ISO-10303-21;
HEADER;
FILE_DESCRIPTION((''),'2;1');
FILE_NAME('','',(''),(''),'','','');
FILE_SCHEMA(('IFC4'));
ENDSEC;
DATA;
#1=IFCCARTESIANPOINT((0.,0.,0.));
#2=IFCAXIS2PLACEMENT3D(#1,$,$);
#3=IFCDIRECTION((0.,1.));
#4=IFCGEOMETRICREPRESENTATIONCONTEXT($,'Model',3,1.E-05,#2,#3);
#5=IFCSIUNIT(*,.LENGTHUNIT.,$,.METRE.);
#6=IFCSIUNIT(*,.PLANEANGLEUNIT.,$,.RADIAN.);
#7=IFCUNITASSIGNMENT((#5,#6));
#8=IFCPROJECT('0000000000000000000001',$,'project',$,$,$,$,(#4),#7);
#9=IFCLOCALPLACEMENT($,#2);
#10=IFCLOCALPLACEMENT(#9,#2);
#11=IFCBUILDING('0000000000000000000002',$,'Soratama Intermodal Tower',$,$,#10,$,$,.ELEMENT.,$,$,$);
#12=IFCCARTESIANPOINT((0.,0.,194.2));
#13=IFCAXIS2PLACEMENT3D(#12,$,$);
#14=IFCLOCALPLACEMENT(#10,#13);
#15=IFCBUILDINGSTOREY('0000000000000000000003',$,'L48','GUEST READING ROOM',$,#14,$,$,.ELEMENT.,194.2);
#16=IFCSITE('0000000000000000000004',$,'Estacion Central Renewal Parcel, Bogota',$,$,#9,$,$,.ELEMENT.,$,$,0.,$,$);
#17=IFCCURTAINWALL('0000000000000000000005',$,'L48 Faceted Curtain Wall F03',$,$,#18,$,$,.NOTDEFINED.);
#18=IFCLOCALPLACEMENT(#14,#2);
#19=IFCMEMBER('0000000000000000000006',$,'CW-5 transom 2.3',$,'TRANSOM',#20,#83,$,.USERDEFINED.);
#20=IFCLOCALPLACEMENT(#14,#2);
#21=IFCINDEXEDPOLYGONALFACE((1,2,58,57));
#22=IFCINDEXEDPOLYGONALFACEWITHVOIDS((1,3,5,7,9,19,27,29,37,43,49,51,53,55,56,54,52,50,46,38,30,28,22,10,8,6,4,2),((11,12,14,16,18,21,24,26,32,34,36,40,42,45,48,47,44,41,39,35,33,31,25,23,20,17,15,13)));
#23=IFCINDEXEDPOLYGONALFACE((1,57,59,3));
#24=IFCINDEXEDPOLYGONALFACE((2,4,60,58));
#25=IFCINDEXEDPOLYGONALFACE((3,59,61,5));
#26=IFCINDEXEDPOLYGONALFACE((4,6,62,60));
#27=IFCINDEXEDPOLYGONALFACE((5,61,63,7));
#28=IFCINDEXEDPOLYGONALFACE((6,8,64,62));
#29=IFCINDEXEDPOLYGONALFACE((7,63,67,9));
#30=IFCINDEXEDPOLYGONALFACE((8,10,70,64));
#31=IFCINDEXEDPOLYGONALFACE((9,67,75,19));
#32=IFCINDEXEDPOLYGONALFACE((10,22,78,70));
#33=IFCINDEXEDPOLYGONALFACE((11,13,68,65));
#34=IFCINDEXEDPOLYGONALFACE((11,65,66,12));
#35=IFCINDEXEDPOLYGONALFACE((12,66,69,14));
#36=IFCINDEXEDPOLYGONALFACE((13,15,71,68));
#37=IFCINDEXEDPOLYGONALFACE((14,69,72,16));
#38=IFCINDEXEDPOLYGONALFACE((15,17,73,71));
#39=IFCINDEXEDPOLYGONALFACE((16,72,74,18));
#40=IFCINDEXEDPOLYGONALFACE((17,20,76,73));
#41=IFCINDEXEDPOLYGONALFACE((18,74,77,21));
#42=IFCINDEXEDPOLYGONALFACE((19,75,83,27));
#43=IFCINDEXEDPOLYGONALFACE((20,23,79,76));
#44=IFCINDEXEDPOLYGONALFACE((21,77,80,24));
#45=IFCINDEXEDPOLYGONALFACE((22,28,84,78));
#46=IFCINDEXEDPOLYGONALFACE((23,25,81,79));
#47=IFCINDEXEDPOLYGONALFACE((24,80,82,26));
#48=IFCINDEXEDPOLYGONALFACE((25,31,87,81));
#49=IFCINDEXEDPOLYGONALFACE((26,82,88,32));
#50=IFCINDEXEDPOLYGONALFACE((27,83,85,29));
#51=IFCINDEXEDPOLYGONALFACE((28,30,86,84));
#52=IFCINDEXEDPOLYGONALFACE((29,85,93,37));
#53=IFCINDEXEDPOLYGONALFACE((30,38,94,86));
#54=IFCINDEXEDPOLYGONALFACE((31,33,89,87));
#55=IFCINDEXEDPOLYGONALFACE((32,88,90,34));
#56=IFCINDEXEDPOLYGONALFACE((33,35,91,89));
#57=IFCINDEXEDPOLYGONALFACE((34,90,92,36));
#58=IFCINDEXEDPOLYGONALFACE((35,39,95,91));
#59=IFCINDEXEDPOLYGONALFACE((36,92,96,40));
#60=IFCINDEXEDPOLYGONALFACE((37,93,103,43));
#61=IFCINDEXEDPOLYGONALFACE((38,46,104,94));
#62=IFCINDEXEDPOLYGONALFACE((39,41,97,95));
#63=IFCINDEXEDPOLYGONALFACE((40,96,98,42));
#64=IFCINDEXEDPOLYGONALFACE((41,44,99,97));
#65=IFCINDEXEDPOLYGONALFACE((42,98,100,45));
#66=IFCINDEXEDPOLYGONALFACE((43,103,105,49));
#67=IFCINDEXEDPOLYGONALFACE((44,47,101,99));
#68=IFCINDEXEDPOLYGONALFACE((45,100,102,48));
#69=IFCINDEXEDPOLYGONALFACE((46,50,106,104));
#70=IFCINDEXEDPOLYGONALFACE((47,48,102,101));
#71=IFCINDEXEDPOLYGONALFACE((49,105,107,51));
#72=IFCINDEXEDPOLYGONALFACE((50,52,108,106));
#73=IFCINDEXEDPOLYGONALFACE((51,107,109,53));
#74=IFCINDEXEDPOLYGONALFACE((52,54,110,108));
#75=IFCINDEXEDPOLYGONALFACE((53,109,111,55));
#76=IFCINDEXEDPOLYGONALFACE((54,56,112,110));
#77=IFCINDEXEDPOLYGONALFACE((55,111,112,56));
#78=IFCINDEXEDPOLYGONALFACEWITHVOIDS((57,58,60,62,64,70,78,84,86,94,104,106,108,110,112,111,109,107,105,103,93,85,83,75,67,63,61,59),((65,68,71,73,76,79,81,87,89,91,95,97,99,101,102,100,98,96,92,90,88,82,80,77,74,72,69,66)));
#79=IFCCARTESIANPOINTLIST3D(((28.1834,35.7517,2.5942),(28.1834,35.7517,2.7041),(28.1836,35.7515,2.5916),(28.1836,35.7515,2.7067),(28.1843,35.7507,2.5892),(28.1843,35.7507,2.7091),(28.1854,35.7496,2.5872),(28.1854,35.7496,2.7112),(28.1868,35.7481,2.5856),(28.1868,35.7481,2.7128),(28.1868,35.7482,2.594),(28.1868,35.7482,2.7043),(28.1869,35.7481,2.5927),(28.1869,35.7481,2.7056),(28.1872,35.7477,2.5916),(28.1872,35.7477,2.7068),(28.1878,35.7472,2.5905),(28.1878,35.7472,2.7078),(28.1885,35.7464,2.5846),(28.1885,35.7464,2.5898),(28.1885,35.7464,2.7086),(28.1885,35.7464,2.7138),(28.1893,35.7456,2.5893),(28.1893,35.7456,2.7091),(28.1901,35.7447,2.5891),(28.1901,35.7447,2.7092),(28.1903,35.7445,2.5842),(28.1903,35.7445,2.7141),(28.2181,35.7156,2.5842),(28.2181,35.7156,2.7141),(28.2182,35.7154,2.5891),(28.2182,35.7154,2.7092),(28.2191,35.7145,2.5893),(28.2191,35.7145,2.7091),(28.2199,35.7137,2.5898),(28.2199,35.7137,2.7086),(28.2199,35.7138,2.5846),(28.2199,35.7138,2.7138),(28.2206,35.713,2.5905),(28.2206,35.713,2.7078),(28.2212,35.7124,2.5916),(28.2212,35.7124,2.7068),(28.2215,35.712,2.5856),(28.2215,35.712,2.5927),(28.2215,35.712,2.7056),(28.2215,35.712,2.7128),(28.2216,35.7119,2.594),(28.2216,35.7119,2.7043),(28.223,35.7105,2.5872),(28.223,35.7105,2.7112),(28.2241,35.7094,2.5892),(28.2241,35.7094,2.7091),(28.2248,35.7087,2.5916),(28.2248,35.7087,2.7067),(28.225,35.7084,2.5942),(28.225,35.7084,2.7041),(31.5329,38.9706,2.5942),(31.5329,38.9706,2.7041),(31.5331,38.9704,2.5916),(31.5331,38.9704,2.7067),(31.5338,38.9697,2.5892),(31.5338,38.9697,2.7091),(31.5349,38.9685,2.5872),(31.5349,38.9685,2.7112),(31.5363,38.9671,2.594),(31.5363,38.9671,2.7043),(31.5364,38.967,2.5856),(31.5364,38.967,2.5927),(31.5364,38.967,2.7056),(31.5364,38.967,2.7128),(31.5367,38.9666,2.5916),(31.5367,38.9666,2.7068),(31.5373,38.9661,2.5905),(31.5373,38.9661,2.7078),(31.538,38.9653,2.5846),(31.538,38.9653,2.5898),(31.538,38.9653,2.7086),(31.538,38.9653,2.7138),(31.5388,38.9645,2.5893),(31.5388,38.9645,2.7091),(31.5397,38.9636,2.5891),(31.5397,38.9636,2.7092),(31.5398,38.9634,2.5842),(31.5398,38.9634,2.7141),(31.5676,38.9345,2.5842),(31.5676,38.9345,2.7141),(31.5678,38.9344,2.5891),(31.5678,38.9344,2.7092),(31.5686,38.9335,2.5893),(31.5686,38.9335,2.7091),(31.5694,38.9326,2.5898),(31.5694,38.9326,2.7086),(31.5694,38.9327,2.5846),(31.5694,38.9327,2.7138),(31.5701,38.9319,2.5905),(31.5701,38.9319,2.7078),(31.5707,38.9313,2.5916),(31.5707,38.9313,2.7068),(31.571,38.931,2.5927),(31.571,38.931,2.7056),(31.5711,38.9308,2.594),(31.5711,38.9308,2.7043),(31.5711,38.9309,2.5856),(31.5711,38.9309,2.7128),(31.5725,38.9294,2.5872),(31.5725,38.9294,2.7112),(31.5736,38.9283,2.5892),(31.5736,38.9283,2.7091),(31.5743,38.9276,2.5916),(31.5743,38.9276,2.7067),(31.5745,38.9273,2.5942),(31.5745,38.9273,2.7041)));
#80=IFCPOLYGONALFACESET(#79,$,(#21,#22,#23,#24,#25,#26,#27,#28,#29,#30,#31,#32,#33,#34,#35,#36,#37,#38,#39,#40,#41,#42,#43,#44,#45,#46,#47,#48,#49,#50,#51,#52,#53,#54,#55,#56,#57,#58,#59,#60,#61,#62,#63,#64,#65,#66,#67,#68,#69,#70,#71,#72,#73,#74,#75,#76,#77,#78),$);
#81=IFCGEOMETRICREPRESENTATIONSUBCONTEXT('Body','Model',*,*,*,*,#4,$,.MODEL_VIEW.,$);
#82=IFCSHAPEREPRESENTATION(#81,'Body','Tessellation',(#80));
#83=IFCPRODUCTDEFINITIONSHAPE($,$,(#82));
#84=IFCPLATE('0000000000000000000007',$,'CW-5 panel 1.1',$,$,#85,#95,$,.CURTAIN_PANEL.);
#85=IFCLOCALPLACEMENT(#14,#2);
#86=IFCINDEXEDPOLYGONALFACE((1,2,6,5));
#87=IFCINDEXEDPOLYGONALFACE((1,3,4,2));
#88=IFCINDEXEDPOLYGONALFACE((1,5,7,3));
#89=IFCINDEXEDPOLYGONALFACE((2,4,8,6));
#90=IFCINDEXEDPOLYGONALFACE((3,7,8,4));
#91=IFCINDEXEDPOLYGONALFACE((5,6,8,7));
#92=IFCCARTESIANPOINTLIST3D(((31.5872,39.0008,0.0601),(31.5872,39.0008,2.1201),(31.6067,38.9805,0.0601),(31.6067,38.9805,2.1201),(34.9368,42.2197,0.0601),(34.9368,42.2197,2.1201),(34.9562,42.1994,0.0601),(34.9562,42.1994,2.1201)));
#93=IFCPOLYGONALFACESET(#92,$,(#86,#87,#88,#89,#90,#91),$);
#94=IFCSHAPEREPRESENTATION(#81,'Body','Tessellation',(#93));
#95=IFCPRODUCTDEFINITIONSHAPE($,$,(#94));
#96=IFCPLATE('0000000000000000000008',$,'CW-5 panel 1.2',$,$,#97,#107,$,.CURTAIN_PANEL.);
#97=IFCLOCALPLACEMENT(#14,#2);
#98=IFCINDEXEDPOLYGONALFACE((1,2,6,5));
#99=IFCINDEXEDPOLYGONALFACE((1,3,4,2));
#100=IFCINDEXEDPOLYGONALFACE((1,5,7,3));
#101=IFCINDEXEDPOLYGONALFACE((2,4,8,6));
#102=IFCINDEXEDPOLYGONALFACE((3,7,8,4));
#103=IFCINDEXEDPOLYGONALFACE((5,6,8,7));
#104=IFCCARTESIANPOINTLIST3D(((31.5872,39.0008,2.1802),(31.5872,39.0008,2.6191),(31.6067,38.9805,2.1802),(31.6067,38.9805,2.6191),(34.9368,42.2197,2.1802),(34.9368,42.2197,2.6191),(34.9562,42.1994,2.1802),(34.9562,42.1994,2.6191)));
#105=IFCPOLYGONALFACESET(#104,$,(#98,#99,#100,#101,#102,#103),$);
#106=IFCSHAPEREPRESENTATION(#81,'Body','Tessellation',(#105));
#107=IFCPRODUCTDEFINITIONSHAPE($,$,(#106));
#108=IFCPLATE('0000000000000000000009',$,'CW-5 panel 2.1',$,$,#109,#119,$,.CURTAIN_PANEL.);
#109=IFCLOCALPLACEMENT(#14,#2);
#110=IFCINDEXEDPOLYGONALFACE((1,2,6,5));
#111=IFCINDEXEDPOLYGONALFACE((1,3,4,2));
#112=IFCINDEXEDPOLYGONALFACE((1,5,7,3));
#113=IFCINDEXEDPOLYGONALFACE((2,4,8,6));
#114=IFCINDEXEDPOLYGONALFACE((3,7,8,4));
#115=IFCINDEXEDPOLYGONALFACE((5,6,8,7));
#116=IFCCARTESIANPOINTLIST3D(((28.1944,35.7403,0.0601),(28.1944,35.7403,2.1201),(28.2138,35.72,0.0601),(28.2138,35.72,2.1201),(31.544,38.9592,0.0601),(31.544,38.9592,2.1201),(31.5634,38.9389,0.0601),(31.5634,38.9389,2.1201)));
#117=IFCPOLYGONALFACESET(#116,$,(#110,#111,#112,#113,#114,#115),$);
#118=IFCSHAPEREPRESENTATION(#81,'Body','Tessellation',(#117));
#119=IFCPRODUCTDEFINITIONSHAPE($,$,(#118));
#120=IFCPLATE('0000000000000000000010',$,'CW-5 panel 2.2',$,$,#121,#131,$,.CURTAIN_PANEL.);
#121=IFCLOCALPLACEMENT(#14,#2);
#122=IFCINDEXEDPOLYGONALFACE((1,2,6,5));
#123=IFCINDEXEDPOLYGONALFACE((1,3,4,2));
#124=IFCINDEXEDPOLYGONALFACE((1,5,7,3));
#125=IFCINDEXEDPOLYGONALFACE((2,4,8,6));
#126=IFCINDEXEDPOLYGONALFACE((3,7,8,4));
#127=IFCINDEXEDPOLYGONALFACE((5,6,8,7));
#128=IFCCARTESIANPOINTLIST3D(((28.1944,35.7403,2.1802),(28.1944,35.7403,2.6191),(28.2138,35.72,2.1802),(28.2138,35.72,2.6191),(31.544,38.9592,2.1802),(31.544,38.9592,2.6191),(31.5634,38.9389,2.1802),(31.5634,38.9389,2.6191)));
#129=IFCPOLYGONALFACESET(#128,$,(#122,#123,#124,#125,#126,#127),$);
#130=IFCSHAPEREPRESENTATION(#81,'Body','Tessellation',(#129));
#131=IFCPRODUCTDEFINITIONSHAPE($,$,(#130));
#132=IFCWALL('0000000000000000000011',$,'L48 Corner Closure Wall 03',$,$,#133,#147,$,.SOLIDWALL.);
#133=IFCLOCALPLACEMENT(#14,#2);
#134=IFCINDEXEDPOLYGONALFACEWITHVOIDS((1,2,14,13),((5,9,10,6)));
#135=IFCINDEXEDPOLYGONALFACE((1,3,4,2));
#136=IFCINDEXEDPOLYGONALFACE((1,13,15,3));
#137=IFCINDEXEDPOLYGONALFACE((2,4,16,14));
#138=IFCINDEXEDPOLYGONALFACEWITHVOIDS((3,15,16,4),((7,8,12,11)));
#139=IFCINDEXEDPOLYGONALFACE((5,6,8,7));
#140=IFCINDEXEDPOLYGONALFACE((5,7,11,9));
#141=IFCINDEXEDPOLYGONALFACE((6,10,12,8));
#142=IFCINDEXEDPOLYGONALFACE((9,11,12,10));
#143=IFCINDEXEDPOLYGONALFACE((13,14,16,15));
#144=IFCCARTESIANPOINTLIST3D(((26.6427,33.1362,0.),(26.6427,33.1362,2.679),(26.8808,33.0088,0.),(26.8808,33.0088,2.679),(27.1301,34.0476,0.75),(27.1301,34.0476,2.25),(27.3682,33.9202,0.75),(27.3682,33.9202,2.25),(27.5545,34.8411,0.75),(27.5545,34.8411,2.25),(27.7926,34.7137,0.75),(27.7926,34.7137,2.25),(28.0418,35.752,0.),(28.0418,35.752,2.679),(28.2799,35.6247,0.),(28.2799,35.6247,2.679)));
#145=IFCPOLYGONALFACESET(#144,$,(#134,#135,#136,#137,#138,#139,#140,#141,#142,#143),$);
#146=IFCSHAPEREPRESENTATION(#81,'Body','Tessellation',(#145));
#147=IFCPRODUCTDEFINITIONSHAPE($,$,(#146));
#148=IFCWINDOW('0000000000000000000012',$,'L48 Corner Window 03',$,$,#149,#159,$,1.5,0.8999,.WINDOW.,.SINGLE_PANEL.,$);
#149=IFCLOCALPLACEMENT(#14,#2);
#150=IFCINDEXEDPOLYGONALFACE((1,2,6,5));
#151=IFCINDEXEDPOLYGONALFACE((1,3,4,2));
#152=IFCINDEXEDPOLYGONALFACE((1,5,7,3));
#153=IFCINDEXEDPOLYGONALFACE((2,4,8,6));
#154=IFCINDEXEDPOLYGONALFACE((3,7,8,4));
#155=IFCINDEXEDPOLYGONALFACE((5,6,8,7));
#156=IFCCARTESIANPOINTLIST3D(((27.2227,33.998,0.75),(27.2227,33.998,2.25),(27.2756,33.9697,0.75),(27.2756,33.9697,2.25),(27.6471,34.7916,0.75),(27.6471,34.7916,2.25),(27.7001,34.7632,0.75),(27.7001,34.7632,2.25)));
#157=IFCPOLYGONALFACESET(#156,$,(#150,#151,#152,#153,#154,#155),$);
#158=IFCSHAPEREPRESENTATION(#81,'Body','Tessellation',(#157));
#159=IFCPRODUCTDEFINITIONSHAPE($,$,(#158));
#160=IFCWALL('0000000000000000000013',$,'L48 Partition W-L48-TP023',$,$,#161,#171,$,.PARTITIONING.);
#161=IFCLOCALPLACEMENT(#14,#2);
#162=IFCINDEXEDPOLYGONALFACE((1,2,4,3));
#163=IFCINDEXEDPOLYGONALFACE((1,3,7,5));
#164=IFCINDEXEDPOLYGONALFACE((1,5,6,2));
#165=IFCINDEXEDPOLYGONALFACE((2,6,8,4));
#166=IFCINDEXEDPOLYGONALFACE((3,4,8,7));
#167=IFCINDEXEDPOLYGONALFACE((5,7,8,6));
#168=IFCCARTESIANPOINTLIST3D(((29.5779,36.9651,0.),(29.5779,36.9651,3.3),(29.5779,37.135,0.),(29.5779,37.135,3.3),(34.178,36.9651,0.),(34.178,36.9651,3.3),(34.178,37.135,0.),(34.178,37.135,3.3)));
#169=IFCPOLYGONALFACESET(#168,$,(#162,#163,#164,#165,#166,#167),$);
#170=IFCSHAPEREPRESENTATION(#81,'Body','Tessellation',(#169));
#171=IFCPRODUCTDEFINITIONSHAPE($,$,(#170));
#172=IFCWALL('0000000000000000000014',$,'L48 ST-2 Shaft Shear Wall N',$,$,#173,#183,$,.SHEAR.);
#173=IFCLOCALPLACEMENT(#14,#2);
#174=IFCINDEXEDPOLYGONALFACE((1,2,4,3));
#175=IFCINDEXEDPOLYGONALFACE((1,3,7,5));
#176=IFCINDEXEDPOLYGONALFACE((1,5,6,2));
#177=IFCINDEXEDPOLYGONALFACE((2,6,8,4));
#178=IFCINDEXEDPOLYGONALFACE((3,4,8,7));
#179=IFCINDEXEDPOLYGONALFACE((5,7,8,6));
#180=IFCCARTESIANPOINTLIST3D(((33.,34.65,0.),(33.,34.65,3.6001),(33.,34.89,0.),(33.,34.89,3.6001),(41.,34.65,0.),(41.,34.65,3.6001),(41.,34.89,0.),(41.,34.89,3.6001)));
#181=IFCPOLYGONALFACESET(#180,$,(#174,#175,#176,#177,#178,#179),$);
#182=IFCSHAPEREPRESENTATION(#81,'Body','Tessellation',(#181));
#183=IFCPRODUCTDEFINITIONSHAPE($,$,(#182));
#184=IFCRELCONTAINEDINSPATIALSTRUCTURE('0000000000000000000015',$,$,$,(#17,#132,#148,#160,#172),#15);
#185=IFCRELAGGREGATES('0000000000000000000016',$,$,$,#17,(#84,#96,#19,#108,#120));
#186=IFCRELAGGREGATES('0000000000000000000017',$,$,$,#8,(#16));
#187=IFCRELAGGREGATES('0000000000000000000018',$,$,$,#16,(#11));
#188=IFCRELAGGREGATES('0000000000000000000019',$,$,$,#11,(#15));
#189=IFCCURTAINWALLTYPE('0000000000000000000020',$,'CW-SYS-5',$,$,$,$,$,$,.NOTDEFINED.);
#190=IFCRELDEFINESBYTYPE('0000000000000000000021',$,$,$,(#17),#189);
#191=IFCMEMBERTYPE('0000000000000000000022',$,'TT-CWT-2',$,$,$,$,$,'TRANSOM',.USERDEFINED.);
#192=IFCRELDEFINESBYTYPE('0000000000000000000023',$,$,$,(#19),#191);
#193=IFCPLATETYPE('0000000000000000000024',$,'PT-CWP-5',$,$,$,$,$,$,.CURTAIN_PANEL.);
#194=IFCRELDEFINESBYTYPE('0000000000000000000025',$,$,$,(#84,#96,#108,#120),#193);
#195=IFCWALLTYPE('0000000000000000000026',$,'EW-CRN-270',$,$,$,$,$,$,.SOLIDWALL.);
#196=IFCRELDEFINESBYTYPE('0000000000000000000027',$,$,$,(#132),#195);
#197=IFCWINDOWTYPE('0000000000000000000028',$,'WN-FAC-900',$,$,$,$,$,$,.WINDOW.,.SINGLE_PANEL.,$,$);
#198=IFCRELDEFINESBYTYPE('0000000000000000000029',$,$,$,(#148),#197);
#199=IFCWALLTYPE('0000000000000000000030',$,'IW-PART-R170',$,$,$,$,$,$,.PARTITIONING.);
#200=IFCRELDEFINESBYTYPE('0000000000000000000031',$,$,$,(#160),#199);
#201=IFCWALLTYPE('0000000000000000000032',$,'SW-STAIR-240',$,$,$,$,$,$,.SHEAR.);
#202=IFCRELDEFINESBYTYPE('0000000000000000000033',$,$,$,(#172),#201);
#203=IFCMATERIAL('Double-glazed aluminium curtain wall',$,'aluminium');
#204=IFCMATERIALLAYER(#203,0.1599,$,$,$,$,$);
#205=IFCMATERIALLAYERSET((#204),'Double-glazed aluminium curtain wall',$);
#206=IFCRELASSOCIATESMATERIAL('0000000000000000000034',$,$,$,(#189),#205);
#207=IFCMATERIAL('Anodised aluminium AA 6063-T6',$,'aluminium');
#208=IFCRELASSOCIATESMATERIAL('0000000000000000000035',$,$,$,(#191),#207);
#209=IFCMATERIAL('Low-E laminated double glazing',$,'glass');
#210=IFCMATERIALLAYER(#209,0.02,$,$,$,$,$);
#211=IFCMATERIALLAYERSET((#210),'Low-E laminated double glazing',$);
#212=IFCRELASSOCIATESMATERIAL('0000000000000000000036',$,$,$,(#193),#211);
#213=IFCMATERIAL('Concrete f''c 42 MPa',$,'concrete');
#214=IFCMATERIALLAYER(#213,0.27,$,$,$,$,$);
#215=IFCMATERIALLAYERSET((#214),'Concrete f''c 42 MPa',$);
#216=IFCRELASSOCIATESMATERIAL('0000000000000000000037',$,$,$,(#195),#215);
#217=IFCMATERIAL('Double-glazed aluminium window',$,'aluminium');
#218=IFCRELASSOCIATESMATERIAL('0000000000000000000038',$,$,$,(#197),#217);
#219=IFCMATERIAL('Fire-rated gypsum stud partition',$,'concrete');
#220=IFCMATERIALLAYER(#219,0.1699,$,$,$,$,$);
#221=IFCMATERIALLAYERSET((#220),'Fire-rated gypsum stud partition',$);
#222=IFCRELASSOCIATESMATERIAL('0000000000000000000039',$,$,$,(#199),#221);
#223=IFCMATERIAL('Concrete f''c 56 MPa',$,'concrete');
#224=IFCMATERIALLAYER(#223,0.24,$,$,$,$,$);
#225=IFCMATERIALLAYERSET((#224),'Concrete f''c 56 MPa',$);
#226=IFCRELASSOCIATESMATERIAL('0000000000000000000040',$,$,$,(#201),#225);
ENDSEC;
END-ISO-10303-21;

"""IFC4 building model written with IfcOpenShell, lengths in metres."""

from ifc_helpers import new_model, si_unit, direction, frame, frame_2d, origin, origin_2d, place, context, subcontext, project, spatial, rectangle, hollow_rectangle, extrude, material, layer, layer_set, material_profile, profile_set, type_object, element, fill, aggregate, save


model = new_model("IFC4")

# Units and contexts
model_context = context("Model", 3, precision=1e-05, world=origin(), true_north=direction((0.0, 1.0)))
body_context = subcontext(model_context, "Body", "Model", "MODEL_VIEW")
ifc_project = project(units=[si_unit("LENGTHUNIT", "METRE"), si_unit("PLANEANGLEUNIT", "RADIAN")], contexts=[model_context])

# Site, building, storey
site_placement = place(None, origin())
site = spatial("IfcSite", under=ifc_project, at=site_placement, Name="Estacion Central Renewal Parcel, Bogota", CompositionType="ELEMENT", RefElevation=0.0)
building_placement = place(site_placement, origin())
building = spatial("IfcBuilding", under=site, at=building_placement, Name="Soratama Intermodal Tower", CompositionType="ELEMENT")
storey_placement = place(building_placement, frame((0.0, 0.0, 194.2)))
storey = spatial("IfcBuildingStorey", under=building, at=storey_placement, Name="L48", Description="GUEST READING ROOM", CompositionType="ELEMENT", Elevation=194.2)

# Curtain wall, member, plates
ifc_material_1 = material(Name="Double-glazed aluminium curtain wall", Category="aluminium")
ifc_layer_1 = layer(ifc_material_1, 0.1599)
ifc_layer_set_1 = layer_set([ifc_layer_1], Name="Double-glazed aluminium curtain wall")
curtain_wall_type = type_object("IfcCurtainWallType", Name="CW-SYS-5", PredefinedType="NOTDEFINED", material=ifc_layer_set_1)
curtain_wall_placement = place(storey_placement, origin())
curtain_wall = element("IfcCurtainWall", 1, at=curtain_wall_placement, inside=storey, type_object=curtain_wall_type, Name="L48 Faceted Curtain Wall F03", PredefinedType="NOTDEFINED")
ifc_material_2 = material(Name="Anodised aluminium AA 6063-T6", Category="aluminium")
ifc_material_profile_1 = material_profile(ifc_material_2, hollow_rectangle(XDim=0.0601, YDim=0.1299, WallThickness=0.0049, InnerFilletRadius=0.0049, OuterFilletRadius=0.01, at=origin_2d()), Name="CWT130X60X5")
ifc_profile_set_1 = profile_set([ifc_material_profile_1], Name="Anodised aluminium AA 6063-T6")
member_type_1 = type_object("IfcMemberType", Name="TT-CWT-2", ElementType="TRANSOM", PredefinedType="USERDEFINED", material=ifc_profile_set_1)
member_1_placement = place(storey_placement, frame((31.5537, 38.949, 2.6492), z_axis=(-0.721025, -0.692909, 0.0), x_axis=(0.692909, -0.721025, 0.0)))
member_1 = element("IfcMember", 2, at=member_1_placement, type_object=member_type_1, Name="CW-5 transom 2.3", ObjectType="TRANSOM", PredefinedType="USERDEFINED", context=body_context, shape_type="SweptSolid", body=[
    extrude(hollow_rectangle(XDim=0.0601, YDim=0.1299, WallThickness=0.0049, InnerFilletRadius=0.0049, OuterFilletRadius=0.01, at=origin_2d()), origin(), (0.0, 0.0, 1.0), 4.6455),
])
ifc_material_3 = material(Name="Low-E laminated double glazing", Category="glass")
ifc_layer_2 = layer(ifc_material_3, 0.02)
ifc_layer_set_2 = layer_set([ifc_layer_2], Name="Low-E laminated double glazing")
plate_type = type_object("IfcPlateType", Name="PT-CWP-5", PredefinedType="CURTAIN_PANEL", material=ifc_layer_set_2)
plate_1_placement = place(storey_placement, frame((33.2717, 40.6001, 0.0601), z_axis=(0.0, 0.0, 1.0), x_axis=(-0.721036, -0.692898, 0.0)))
plate_1 = element("IfcPlate", 3, at=plate_1_placement, type_object=plate_type, Name="CW-5 panel 1.1", PredefinedType="CURTAIN_PANEL", context=body_context, shape_type="SweptSolid", body=[
    extrude(rectangle(XDim=4.6455, YDim=0.0281, at=origin_2d()), origin(), (0.0, 0.0, 1.0), 2.0601),
])
plate_2_placement = place(storey_placement, frame((33.2717, 40.6001, 2.1802), z_axis=(0.0, 0.0, 1.0), x_axis=(-0.721036, -0.692898, 0.0)))
plate_2 = element("IfcPlate", 4, at=plate_2_placement, type_object=plate_type, Name="CW-5 panel 1.2", PredefinedType="CURTAIN_PANEL", context=body_context, shape_type="SweptSolid", body=[
    extrude(rectangle(XDim=4.6455, YDim=0.0281, at=origin_2d()), origin(), (0.0, 0.0, 1.0), 0.439),
])
plate_3_placement = place(storey_placement, frame((29.8789, 37.3396, 0.0601), z_axis=(0.0, 0.0, 1.0), x_axis=(-0.721036, -0.692898, 0.0)))
plate_3 = element("IfcPlate", 5, at=plate_3_placement, type_object=plate_type, Name="CW-5 panel 2.1", PredefinedType="CURTAIN_PANEL", context=body_context, shape_type="SweptSolid", body=[
    extrude(rectangle(XDim=4.6455, YDim=0.0281, at=origin_2d()), origin(), (0.0, 0.0, 1.0), 2.0601),
])
plate_4_placement = place(storey_placement, frame((29.8789, 37.3396, 2.1802), z_axis=(0.0, 0.0, 1.0), x_axis=(-0.721036, -0.692898, 0.0)))
plate_4 = element("IfcPlate", 6, at=plate_4_placement, type_object=plate_type, Name="CW-5 panel 2.2", PredefinedType="CURTAIN_PANEL", context=body_context, shape_type="SweptSolid", body=[
    extrude(rectangle(XDim=4.6455, YDim=0.0281, at=origin_2d()), origin(), (0.0, 0.0, 1.0), 0.439),
])
aggregate(curtain_wall, [plate_1, plate_2, member_1, plate_3, plate_4])

# Wall, opening, window
ifc_material_4 = material(Name="Concrete f'c 42 MPa", Category="concrete")
ifc_layer_3 = layer(ifc_material_4, 0.27)
ifc_layer_set_3 = layer_set([ifc_layer_3], Name="Concrete f'c 42 MPa")
wall_type_1 = type_object("IfcWallType", Name="EW-CRN-270", PredefinedType="SOLIDWALL", material=ifc_layer_set_3)
wall_1_placement = place(storey_placement, frame((28.1609, 35.6885, 0.0), z_axis=(0.0, 0.0, 1.0), x_axis=(-0.471634, -0.881794, 0.0)))
wall_1 = element("IfcWall", 7, at=wall_1_placement, inside=storey, type_object=wall_type_1, Name="L48 Corner Closure Wall 03", PredefinedType="SOLIDWALL", context=body_context, shape_type="SweptSolid", body=[
    extrude(rectangle(XDim=2.9666, YDim=0.27, at=frame_2d((1.4834, 0.0))), origin(), (0.0, 0.0, 1.0), 2.679),
])
opening_1_placement = place(wall_1_placement, frame((1.0332, 0.0, 0.75)))
opening_1 = element("IfcOpeningElement", 8, at=opening_1_placement, cuts=wall_1, PredefinedType="OPENING", context=body_context, shape_type="SweptSolid", body=[
    extrude(rectangle(XDim=0.8999, YDim=1.5, at=frame_2d((0.45, 0.75))), frame((0.0, 0.145, 0.0), z_axis=(0.0, -1.0, 0.0), x_axis=(1.0, 0.0, 0.0)), (0.0, 0.0, 1.0), 0.29),
])
ifc_material_5 = material(Name="Double-glazed aluminium window", Category="aluminium")
window_type_1 = type_object("IfcWindowType", Name="WN-FAC-900", PartitioningType="SINGLE_PANEL", PredefinedType="WINDOW", material=ifc_material_5)
window_1_placement = place(opening_1_placement, origin())
window_1 = element("IfcWindow", 9, at=window_1_placement, inside=storey, type_object=window_type_1, Name="L48 Corner Window 03", OverallHeight=1.5, OverallWidth=0.8999, PartitioningType="SINGLE_PANEL", PredefinedType="WINDOW", context=body_context, shape_type="SweptSolid", body=[
    extrude(rectangle(XDim=0.8999, YDim=1.5, at=frame_2d((0.45, 0.75))), frame((0.0, 0.03, 0.0), z_axis=(0.0, -1.0, 0.0), x_axis=(1.0, 0.0, 0.0)), (0.0, 0.0, 1.0), 0.0601),
])
fill(opening_1, window_1)

# Walls
ifc_material_6 = material(Name="Fire-rated gypsum stud partition", Category="concrete")
ifc_layer_4 = layer(ifc_material_6, 0.1699)
ifc_layer_set_4 = layer_set([ifc_layer_4], Name="Fire-rated gypsum stud partition")
wall_type_2 = type_object("IfcWallType", Name="IW-PART-R170", PredefinedType="PARTITIONING", material=ifc_layer_set_4)
wall_2_placement = place(storey_placement, frame((29.5779, 37.05, 0.0), z_axis=(0.0, 0.0, 1.0), x_axis=(1.0, 0.0, 0.0)))
element("IfcWall", 10, at=wall_2_placement, inside=storey, type_object=wall_type_2, Name="L48 Partition W-L48-TP023", PredefinedType="PARTITIONING", context=body_context, shape_type="SweptSolid", body=[
    extrude(rectangle(XDim=4.6001, YDim=0.1699, at=frame_2d((2.3, 0.0))), origin(), (0.0, 0.0, 1.0), 3.3),
])
ifc_material_7 = material(Name="Concrete f'c 56 MPa", Category="concrete")
ifc_layer_5 = layer(ifc_material_7, 0.24)
ifc_layer_set_5 = layer_set([ifc_layer_5], Name="Concrete f'c 56 MPa")
wall_type_3 = type_object("IfcWallType", Name="SW-STAIR-240", PredefinedType="SHEAR", material=ifc_layer_set_5)
wall_3_placement = place(storey_placement, frame((33.0, 34.77, 0.0), z_axis=(0.0, 0.0, 1.0), x_axis=(1.0, 0.0, 0.0)))
element("IfcWall", 11, at=wall_3_placement, inside=storey, type_object=wall_type_3, Name="L48 ST-2 Shaft Shear Wall N", PredefinedType="SHEAR", context=body_context, shape_type="SweptSolid", body=[
    extrude(rectangle(XDim=8.0, YDim=0.24, at=frame_2d((4.0, 0.0))), origin(), (0.0, 0.0, 1.0), 3.6001),
])

save(model, "model.ifc")
